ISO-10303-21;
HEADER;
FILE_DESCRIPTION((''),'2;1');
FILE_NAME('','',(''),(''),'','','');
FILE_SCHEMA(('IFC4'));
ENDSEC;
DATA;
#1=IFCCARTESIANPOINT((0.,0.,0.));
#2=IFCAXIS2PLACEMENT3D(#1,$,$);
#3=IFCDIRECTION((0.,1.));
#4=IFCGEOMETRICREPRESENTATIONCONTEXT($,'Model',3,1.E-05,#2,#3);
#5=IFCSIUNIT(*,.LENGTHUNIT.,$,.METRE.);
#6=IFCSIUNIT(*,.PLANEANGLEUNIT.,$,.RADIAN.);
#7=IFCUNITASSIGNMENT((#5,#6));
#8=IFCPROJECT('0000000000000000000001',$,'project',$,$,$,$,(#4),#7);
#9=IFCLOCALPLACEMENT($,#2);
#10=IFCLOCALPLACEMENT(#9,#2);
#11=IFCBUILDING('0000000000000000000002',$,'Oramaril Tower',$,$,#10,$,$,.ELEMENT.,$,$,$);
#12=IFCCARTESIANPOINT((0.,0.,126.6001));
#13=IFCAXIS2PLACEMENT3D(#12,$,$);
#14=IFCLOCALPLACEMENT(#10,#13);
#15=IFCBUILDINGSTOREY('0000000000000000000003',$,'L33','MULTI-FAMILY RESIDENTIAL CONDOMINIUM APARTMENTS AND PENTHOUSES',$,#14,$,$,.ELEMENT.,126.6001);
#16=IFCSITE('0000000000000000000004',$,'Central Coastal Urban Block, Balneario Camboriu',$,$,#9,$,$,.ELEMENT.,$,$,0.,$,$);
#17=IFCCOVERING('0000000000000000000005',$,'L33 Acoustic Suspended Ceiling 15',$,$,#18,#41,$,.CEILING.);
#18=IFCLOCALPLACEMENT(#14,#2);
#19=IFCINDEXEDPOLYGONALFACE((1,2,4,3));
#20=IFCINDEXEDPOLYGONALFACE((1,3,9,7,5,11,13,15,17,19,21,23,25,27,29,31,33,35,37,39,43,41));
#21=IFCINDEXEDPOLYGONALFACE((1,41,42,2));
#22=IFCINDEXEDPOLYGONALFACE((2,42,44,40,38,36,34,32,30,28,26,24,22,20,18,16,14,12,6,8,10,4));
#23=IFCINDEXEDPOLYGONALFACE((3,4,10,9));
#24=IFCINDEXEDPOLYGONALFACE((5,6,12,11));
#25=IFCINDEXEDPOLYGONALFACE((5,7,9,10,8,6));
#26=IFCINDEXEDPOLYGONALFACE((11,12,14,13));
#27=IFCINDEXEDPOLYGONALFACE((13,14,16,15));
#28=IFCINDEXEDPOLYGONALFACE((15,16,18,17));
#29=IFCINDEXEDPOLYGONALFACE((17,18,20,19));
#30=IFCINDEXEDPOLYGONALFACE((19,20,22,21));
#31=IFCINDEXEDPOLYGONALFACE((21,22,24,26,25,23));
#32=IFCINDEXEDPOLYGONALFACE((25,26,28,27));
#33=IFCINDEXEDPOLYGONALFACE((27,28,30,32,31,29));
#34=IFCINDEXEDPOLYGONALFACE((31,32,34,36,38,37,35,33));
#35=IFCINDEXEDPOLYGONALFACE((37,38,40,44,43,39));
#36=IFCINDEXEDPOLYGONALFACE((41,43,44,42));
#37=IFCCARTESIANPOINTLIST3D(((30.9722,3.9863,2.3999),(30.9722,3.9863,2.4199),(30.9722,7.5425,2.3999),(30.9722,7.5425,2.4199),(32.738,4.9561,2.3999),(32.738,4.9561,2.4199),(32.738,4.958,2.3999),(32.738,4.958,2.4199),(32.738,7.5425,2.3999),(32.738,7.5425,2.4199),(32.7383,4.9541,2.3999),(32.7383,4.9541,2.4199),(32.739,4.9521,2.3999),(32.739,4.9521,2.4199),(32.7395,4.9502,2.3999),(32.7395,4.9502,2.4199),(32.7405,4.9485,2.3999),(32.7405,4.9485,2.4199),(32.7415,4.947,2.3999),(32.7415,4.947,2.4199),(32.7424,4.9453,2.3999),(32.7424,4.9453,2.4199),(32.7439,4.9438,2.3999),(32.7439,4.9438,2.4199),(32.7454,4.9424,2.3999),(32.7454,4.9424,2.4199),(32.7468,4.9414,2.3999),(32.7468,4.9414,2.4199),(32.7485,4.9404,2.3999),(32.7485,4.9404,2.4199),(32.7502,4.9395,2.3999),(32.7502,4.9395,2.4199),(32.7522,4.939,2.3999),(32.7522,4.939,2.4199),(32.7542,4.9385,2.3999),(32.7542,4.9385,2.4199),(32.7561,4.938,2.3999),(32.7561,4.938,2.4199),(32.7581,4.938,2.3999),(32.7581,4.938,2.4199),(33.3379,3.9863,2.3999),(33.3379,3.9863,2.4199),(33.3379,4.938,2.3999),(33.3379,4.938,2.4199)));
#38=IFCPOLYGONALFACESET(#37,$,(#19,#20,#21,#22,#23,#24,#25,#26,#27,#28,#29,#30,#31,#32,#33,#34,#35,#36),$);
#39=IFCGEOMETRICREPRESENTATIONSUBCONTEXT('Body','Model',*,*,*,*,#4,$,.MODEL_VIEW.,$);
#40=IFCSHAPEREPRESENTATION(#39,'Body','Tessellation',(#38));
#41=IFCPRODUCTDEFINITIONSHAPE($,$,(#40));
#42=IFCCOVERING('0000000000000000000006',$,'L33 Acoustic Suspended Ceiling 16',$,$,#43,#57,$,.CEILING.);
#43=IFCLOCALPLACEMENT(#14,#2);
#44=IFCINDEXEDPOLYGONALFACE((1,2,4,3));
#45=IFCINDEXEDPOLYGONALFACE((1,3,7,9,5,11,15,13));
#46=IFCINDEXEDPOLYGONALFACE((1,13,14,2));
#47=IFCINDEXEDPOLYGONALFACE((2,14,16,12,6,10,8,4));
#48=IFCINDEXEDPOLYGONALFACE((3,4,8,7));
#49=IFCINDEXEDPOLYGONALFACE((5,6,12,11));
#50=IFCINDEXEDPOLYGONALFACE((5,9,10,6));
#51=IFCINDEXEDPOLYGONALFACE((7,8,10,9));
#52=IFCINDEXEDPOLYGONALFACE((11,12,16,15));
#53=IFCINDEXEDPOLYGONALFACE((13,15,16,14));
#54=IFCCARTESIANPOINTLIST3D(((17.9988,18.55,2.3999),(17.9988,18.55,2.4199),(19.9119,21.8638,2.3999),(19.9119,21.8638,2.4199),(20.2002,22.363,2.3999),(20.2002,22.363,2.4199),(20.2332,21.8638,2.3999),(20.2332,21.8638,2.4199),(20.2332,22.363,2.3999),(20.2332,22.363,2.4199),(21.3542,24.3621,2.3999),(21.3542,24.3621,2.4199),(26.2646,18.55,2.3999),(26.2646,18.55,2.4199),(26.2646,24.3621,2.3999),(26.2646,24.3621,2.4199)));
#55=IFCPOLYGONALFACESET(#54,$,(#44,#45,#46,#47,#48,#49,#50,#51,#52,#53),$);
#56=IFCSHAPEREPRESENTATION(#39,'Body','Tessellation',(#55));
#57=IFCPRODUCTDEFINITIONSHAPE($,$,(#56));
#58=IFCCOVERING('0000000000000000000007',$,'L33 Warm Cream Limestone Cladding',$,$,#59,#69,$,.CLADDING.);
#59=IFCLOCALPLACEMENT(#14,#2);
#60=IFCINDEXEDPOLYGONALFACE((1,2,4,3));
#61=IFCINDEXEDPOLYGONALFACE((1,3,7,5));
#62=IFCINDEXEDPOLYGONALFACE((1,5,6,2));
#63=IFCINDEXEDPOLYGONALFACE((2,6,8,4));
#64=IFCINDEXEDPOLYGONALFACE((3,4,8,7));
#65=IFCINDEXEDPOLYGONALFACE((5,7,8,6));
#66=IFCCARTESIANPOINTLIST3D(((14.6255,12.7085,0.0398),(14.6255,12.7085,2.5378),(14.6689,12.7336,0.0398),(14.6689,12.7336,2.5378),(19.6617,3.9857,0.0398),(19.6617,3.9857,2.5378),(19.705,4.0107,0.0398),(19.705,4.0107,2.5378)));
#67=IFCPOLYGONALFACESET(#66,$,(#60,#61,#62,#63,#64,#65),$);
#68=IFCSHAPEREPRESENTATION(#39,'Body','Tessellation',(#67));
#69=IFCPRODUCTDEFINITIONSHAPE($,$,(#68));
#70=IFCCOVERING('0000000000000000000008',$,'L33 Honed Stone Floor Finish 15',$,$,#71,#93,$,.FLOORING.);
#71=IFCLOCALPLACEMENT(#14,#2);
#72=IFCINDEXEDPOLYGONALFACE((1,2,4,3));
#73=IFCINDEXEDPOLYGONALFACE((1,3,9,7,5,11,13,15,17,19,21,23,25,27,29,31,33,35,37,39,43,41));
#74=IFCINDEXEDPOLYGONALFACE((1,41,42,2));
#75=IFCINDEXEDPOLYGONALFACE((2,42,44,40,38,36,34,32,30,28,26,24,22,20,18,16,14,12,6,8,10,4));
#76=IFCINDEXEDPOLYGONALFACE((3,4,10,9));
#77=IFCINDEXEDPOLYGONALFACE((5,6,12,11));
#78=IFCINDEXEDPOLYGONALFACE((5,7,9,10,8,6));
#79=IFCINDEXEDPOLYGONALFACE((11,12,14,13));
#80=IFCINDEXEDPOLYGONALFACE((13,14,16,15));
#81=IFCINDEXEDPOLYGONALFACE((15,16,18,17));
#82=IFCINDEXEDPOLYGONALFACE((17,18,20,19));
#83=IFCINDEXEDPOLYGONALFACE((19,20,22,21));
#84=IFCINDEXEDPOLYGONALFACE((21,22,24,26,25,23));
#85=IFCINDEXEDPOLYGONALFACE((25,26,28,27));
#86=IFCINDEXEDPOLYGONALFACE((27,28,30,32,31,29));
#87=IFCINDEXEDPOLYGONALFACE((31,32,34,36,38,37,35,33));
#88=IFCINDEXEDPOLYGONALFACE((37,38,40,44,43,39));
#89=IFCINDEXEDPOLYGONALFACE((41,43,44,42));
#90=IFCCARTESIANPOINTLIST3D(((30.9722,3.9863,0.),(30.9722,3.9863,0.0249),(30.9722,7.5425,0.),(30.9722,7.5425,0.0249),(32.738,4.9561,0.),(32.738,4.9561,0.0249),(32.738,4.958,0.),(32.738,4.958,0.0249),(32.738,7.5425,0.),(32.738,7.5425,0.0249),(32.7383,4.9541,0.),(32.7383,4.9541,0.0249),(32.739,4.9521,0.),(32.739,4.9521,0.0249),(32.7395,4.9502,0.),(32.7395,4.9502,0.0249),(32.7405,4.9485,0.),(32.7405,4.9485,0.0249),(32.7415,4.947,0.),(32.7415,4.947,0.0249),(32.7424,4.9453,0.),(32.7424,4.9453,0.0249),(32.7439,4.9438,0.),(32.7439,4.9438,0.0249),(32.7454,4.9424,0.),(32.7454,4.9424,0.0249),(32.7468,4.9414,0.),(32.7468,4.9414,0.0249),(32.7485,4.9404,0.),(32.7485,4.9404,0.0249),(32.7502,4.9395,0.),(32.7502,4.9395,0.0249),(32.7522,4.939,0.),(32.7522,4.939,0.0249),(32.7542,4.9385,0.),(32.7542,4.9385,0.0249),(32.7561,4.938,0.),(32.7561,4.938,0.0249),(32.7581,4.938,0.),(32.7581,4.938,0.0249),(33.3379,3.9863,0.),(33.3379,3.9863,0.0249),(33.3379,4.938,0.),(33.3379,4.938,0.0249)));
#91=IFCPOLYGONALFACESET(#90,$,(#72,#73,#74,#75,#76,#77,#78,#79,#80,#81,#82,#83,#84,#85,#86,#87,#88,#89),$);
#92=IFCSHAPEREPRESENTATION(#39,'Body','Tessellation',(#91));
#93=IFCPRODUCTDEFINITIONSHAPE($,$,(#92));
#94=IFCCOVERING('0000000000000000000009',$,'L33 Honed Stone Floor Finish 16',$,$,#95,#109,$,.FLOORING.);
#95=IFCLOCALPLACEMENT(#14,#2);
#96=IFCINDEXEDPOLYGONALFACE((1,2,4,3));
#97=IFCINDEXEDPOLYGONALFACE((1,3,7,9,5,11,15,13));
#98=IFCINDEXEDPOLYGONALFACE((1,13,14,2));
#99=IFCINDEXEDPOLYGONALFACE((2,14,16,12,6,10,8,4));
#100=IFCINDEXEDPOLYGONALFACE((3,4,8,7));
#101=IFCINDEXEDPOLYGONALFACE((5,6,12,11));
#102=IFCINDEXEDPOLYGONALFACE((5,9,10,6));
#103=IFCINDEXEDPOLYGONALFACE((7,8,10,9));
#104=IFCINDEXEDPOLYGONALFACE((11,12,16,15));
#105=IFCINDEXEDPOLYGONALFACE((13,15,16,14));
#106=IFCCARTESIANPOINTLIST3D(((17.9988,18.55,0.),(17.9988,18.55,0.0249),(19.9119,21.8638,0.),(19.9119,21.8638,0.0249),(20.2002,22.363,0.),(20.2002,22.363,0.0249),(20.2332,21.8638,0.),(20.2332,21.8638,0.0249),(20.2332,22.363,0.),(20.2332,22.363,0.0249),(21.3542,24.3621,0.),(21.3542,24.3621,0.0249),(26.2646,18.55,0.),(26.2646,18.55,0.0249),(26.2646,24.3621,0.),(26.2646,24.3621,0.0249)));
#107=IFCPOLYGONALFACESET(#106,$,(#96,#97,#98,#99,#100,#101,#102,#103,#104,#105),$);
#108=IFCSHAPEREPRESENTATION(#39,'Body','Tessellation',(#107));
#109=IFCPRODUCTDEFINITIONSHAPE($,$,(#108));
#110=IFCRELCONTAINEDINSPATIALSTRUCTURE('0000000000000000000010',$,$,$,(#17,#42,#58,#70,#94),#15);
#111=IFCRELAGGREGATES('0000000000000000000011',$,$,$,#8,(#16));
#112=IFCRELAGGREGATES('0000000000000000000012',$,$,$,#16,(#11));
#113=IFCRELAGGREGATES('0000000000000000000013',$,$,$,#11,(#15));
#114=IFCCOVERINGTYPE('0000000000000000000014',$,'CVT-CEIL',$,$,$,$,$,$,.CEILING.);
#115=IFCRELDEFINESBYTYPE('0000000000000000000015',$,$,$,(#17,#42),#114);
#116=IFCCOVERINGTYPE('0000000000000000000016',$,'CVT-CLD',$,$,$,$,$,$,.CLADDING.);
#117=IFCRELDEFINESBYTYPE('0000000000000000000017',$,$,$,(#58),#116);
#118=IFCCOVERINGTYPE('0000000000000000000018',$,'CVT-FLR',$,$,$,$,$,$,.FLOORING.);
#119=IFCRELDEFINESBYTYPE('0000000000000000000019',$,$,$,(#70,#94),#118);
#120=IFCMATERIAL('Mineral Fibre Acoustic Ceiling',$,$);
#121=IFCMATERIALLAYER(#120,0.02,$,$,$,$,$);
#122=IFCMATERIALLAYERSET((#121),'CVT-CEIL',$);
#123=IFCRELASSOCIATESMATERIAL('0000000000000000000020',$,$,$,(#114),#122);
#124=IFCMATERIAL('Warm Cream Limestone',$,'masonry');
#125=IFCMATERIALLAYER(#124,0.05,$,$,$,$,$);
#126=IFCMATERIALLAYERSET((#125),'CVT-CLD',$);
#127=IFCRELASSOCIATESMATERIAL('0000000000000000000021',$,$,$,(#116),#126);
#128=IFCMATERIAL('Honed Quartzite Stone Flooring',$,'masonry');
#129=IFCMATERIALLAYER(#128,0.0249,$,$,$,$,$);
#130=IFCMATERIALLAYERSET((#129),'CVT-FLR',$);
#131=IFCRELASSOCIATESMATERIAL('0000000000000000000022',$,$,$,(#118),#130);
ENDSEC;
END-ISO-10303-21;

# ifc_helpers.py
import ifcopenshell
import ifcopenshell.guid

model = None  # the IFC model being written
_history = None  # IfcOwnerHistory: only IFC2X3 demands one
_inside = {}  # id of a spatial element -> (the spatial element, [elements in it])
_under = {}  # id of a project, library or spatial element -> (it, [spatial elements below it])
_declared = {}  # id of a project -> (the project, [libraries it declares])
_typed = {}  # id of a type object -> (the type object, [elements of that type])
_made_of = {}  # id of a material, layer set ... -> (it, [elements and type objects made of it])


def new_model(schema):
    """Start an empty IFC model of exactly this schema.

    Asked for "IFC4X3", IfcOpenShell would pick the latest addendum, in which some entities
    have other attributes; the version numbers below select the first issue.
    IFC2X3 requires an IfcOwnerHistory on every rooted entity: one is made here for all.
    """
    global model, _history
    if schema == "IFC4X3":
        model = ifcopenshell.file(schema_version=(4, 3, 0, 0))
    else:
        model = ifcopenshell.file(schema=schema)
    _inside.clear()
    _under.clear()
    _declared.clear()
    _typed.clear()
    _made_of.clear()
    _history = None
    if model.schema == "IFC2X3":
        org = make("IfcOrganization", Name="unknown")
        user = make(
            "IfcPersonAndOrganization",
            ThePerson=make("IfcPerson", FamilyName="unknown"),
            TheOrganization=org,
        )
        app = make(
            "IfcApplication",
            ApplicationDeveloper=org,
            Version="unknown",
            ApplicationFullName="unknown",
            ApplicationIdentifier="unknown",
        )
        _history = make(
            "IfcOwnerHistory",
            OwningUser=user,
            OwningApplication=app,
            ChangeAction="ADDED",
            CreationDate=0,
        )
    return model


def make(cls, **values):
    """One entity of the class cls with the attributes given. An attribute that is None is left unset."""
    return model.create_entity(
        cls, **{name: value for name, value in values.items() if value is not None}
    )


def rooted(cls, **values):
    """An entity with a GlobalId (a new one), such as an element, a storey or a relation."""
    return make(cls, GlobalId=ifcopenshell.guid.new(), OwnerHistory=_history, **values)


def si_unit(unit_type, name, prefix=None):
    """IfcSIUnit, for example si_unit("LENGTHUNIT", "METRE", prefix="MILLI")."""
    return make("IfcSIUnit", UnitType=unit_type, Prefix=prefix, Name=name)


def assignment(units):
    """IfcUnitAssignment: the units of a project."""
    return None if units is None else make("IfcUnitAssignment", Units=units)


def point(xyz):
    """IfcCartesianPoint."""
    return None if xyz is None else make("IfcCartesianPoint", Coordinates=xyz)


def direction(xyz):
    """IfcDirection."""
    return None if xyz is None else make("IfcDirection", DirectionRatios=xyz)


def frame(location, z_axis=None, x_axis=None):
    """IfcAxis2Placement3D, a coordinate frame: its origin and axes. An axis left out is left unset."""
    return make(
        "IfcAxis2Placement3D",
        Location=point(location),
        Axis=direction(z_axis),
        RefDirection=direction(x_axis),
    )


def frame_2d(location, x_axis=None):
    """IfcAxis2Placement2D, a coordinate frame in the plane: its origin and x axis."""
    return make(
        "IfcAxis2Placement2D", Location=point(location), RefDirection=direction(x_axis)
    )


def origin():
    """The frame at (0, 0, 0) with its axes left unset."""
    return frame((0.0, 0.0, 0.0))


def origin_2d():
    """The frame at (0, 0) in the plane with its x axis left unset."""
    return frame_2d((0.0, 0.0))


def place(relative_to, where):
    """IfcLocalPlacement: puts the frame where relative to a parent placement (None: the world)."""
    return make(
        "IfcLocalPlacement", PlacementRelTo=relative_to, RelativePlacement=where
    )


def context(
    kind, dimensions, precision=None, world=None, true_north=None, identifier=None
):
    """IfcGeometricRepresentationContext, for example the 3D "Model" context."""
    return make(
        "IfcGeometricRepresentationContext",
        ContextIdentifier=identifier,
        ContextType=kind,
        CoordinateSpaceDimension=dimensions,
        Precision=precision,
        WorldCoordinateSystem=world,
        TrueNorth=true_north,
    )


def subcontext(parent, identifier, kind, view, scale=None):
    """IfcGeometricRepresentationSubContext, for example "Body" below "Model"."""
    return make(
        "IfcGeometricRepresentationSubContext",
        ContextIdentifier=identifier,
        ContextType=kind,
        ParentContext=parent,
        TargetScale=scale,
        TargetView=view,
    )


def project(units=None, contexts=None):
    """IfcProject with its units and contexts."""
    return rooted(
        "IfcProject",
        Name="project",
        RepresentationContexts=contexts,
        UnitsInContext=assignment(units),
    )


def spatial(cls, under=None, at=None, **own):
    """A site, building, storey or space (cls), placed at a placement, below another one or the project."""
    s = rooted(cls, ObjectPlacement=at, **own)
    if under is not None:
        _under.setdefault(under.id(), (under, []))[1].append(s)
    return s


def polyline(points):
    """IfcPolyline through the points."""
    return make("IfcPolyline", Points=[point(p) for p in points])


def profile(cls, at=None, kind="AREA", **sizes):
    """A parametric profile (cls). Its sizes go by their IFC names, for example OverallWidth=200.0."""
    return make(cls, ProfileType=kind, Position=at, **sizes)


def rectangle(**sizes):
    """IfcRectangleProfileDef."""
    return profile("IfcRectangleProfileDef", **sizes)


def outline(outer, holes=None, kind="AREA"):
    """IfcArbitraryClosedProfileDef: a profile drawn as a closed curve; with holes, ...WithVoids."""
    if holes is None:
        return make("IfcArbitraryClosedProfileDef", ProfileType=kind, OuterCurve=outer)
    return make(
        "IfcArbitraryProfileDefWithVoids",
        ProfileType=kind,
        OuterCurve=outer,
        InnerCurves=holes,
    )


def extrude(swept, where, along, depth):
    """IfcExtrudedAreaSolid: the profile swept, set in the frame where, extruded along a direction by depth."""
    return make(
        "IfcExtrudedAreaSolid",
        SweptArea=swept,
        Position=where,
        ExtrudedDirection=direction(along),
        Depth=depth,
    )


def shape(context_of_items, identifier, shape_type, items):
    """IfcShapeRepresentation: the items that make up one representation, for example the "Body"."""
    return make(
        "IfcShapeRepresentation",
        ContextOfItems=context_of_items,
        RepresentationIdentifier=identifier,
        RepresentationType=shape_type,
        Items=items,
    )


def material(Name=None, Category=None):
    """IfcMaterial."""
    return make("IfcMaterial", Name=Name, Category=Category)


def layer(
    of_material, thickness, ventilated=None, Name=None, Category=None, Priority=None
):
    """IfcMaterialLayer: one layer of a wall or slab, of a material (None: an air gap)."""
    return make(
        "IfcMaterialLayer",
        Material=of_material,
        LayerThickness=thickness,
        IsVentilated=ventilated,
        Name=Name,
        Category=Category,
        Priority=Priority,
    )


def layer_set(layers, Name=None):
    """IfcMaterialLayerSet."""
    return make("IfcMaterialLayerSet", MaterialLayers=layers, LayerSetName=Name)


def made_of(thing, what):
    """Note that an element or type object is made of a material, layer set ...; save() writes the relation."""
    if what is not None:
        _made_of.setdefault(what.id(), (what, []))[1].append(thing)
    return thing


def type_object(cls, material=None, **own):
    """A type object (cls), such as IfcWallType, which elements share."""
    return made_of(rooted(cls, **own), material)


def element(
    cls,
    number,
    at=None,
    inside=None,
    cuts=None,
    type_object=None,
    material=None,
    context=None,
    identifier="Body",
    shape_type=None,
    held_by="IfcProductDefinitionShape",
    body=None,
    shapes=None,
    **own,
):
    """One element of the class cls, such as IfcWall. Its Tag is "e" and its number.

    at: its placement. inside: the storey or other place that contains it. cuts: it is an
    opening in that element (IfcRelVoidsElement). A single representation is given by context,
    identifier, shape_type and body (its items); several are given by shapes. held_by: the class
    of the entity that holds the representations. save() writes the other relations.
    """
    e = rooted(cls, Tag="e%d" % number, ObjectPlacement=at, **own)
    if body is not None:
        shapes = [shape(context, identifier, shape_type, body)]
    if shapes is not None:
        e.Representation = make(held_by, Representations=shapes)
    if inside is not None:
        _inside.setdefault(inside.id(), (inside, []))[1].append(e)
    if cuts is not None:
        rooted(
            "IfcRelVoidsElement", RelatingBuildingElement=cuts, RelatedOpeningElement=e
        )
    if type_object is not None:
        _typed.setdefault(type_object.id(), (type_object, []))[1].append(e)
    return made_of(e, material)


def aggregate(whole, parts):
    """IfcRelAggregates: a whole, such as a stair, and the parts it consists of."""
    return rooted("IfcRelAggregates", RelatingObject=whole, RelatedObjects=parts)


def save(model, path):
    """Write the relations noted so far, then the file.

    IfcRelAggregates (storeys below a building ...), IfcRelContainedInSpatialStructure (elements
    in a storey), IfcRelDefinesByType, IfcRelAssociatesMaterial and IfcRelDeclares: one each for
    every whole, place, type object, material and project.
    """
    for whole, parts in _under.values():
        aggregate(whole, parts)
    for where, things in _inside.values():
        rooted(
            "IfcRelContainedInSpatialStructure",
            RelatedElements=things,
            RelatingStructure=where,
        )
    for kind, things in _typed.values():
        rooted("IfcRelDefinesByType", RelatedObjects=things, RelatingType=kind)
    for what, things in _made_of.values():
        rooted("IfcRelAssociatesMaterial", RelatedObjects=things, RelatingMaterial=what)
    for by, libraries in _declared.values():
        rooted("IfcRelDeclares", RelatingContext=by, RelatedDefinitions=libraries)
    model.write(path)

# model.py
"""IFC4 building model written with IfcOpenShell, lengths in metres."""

from ifc_helpers import new_model, si_unit, direction, frame, origin, origin_2d, place, context, subcontext, project, spatial, polyline, rectangle, outline, extrude, material, layer, layer_set, type_object, element, save


model = new_model("IFC4")

# Units and contexts
model_context = context("Model", 3, precision=1e-05, world=origin(), true_north=direction((0.0, 1.0)))
body_context = subcontext(model_context, "Body", "Model", "MODEL_VIEW")
ifc_project = project(units=[si_unit("LENGTHUNIT", "METRE"), si_unit("PLANEANGLEUNIT", "RADIAN")], contexts=[model_context])

# Site, building, storey
site_placement = place(None, origin())
site = spatial("IfcSite", under=ifc_project, at=site_placement, Name="Central Coastal Urban Block, Balneario Camboriu", CompositionType="ELEMENT", RefElevation=0.0)
building_placement = place(site_placement, origin())
building = spatial("IfcBuilding", under=site, at=building_placement, Name="Oramaril Tower", CompositionType="ELEMENT")
storey_placement = place(building_placement, frame((0.0, 0.0, 126.6001)))
storey = spatial("IfcBuildingStorey", under=building, at=storey_placement, Name="L33", Description="MULTI-FAMILY RESIDENTIAL CONDOMINIUM APARTMENTS AND PENTHOUSES", CompositionType="ELEMENT", Elevation=126.6001)

# Coverings
ifc_material_1 = material(Name="Mineral Fibre Acoustic Ceiling")
ifc_layer_1 = layer(ifc_material_1, 0.02)
ifc_layer_set_1 = layer_set([ifc_layer_1], Name="CVT-CEIL")
covering_type_1 = type_object("IfcCoveringType", Name="CVT-CEIL", PredefinedType="CEILING", material=ifc_layer_set_1)
covering_1_placement = place(storey_placement, frame((0.0, 0.0, 2.3999)))
element("IfcCovering", 1, at=covering_1_placement, inside=storey, type_object=covering_type_1, Name="L33 Acoustic Suspended Ceiling 15", PredefinedType="CEILING", context=body_context, shape_type="SweptSolid", body=[
    extrude(outline(polyline([(30.9722, 3.9863), (30.9722, 7.5425), (32.738, 7.5425), (32.738, 4.958), (32.738, 4.9561), (32.7383, 4.9541), (32.739, 4.9521), (32.7395, 4.9502), (32.7405, 4.9485), (32.7415, 4.947), (32.7424, 4.9453), (32.7439, 4.9438), (32.7454, 4.9424), (32.7468, 4.9414), (32.7485, 4.9404), (32.7502, 4.9395), (32.7522, 4.939), (32.7542, 4.9385), (32.7561, 4.938), (32.7581, 4.938), (33.3379, 4.938), (33.3379, 3.9863), (30.9722, 3.9863)])), origin(), (0.0, 0.0, 1.0), 0.02),
])
covering_2_placement = place(storey_placement, frame((0.0, 0.0, 2.3999)))
element("IfcCovering", 2, at=covering_2_placement, inside=storey, type_object=covering_type_1, Name="L33 Acoustic Suspended Ceiling 16", PredefinedType="CEILING", context=body_context, shape_type="SweptSolid", body=[
    extrude(outline(polyline([(20.2332, 21.8638), (20.2332, 22.363), (20.2002, 22.363), (21.3542, 24.3621), (26.2646, 24.3621), (26.2646, 18.55), (17.9988, 18.55), (19.9119, 21.8638), (20.2332, 21.8638)])), origin(), (0.0, 0.0, 1.0), 0.02),
])
ifc_material_2 = material(Name="Warm Cream Limestone", Category="masonry")
ifc_layer_2 = layer(ifc_material_2, 0.05)
ifc_layer_set_2 = layer_set([ifc_layer_2], Name="CVT-CLD")
covering_type_2 = type_object("IfcCoveringType", Name="CVT-CLD", PredefinedType="CLADDING", material=ifc_layer_set_2)
covering_3_placement = place(storey_placement, frame((17.1653, 8.3596, 0.0398), z_axis=(0.0, 0.0, 1.0), x_axis=(0.5, -0.866025, 0.0)))
element("IfcCovering", 3, at=covering_3_placement, inside=storey, type_object=covering_type_2, Name="L33 Warm Cream Limestone Cladding", PredefinedType="CLADDING", context=body_context, shape_type="SweptSolid", body=[
    extrude(rectangle(XDim=10.0723, YDim=0.05, at=origin_2d()), origin(), (0.0, 0.0, 1.0), 2.498),
])
ifc_material_3 = material(Name="Honed Quartzite Stone Flooring", Category="masonry")
ifc_layer_3 = layer(ifc_material_3, 0.0249)
ifc_layer_set_3 = layer_set([ifc_layer_3], Name="CVT-FLR")
covering_type_3 = type_object("IfcCoveringType", Name="CVT-FLR", PredefinedType="FLOORING", material=ifc_layer_set_3)
covering_4_placement = place(storey_placement, origin())
element("IfcCovering", 4, at=covering_4_placement, inside=storey, type_object=covering_type_3, Name="L33 Honed Stone Floor Finish 15", PredefinedType="FLOORING", context=body_context, shape_type="SweptSolid", body=[
    extrude(outline(polyline([(30.9722, 3.9863), (30.9722, 7.5425), (32.738, 7.5425), (32.738, 4.958), (32.738, 4.9561), (32.7383, 4.9541), (32.739, 4.9521), (32.7395, 4.9502), (32.7405, 4.9485), (32.7415, 4.947), (32.7424, 4.9453), (32.7439, 4.9438), (32.7454, 4.9424), (32.7468, 4.9414), (32.7485, 4.9404), (32.7502, 4.9395), (32.7522, 4.939), (32.7542, 4.9385), (32.7561, 4.938), (32.7581, 4.938), (33.3379, 4.938), (33.3379, 3.9863), (30.9722, 3.9863)])), origin(), (0.0, 0.0, 1.0), 0.0249),
])
covering_5_placement = place(storey_placement, origin())
element("IfcCovering", 5, at=covering_5_placement, inside=storey, type_object=covering_type_3, Name="L33 Honed Stone Floor Finish 16", PredefinedType="FLOORING", context=body_context, shape_type="SweptSolid", body=[
    extrude(outline(polyline([(20.2332, 21.8638), (20.2332, 22.363), (20.2002, 22.363), (21.3542, 24.3621), (26.2646, 24.3621), (26.2646, 18.55), (17.9988, 18.55), (19.9119, 21.8638), (20.2332, 21.8638)])), origin(), (0.0, 0.0, 1.0), 0.0249),
])

save(model, "model.ifc")
